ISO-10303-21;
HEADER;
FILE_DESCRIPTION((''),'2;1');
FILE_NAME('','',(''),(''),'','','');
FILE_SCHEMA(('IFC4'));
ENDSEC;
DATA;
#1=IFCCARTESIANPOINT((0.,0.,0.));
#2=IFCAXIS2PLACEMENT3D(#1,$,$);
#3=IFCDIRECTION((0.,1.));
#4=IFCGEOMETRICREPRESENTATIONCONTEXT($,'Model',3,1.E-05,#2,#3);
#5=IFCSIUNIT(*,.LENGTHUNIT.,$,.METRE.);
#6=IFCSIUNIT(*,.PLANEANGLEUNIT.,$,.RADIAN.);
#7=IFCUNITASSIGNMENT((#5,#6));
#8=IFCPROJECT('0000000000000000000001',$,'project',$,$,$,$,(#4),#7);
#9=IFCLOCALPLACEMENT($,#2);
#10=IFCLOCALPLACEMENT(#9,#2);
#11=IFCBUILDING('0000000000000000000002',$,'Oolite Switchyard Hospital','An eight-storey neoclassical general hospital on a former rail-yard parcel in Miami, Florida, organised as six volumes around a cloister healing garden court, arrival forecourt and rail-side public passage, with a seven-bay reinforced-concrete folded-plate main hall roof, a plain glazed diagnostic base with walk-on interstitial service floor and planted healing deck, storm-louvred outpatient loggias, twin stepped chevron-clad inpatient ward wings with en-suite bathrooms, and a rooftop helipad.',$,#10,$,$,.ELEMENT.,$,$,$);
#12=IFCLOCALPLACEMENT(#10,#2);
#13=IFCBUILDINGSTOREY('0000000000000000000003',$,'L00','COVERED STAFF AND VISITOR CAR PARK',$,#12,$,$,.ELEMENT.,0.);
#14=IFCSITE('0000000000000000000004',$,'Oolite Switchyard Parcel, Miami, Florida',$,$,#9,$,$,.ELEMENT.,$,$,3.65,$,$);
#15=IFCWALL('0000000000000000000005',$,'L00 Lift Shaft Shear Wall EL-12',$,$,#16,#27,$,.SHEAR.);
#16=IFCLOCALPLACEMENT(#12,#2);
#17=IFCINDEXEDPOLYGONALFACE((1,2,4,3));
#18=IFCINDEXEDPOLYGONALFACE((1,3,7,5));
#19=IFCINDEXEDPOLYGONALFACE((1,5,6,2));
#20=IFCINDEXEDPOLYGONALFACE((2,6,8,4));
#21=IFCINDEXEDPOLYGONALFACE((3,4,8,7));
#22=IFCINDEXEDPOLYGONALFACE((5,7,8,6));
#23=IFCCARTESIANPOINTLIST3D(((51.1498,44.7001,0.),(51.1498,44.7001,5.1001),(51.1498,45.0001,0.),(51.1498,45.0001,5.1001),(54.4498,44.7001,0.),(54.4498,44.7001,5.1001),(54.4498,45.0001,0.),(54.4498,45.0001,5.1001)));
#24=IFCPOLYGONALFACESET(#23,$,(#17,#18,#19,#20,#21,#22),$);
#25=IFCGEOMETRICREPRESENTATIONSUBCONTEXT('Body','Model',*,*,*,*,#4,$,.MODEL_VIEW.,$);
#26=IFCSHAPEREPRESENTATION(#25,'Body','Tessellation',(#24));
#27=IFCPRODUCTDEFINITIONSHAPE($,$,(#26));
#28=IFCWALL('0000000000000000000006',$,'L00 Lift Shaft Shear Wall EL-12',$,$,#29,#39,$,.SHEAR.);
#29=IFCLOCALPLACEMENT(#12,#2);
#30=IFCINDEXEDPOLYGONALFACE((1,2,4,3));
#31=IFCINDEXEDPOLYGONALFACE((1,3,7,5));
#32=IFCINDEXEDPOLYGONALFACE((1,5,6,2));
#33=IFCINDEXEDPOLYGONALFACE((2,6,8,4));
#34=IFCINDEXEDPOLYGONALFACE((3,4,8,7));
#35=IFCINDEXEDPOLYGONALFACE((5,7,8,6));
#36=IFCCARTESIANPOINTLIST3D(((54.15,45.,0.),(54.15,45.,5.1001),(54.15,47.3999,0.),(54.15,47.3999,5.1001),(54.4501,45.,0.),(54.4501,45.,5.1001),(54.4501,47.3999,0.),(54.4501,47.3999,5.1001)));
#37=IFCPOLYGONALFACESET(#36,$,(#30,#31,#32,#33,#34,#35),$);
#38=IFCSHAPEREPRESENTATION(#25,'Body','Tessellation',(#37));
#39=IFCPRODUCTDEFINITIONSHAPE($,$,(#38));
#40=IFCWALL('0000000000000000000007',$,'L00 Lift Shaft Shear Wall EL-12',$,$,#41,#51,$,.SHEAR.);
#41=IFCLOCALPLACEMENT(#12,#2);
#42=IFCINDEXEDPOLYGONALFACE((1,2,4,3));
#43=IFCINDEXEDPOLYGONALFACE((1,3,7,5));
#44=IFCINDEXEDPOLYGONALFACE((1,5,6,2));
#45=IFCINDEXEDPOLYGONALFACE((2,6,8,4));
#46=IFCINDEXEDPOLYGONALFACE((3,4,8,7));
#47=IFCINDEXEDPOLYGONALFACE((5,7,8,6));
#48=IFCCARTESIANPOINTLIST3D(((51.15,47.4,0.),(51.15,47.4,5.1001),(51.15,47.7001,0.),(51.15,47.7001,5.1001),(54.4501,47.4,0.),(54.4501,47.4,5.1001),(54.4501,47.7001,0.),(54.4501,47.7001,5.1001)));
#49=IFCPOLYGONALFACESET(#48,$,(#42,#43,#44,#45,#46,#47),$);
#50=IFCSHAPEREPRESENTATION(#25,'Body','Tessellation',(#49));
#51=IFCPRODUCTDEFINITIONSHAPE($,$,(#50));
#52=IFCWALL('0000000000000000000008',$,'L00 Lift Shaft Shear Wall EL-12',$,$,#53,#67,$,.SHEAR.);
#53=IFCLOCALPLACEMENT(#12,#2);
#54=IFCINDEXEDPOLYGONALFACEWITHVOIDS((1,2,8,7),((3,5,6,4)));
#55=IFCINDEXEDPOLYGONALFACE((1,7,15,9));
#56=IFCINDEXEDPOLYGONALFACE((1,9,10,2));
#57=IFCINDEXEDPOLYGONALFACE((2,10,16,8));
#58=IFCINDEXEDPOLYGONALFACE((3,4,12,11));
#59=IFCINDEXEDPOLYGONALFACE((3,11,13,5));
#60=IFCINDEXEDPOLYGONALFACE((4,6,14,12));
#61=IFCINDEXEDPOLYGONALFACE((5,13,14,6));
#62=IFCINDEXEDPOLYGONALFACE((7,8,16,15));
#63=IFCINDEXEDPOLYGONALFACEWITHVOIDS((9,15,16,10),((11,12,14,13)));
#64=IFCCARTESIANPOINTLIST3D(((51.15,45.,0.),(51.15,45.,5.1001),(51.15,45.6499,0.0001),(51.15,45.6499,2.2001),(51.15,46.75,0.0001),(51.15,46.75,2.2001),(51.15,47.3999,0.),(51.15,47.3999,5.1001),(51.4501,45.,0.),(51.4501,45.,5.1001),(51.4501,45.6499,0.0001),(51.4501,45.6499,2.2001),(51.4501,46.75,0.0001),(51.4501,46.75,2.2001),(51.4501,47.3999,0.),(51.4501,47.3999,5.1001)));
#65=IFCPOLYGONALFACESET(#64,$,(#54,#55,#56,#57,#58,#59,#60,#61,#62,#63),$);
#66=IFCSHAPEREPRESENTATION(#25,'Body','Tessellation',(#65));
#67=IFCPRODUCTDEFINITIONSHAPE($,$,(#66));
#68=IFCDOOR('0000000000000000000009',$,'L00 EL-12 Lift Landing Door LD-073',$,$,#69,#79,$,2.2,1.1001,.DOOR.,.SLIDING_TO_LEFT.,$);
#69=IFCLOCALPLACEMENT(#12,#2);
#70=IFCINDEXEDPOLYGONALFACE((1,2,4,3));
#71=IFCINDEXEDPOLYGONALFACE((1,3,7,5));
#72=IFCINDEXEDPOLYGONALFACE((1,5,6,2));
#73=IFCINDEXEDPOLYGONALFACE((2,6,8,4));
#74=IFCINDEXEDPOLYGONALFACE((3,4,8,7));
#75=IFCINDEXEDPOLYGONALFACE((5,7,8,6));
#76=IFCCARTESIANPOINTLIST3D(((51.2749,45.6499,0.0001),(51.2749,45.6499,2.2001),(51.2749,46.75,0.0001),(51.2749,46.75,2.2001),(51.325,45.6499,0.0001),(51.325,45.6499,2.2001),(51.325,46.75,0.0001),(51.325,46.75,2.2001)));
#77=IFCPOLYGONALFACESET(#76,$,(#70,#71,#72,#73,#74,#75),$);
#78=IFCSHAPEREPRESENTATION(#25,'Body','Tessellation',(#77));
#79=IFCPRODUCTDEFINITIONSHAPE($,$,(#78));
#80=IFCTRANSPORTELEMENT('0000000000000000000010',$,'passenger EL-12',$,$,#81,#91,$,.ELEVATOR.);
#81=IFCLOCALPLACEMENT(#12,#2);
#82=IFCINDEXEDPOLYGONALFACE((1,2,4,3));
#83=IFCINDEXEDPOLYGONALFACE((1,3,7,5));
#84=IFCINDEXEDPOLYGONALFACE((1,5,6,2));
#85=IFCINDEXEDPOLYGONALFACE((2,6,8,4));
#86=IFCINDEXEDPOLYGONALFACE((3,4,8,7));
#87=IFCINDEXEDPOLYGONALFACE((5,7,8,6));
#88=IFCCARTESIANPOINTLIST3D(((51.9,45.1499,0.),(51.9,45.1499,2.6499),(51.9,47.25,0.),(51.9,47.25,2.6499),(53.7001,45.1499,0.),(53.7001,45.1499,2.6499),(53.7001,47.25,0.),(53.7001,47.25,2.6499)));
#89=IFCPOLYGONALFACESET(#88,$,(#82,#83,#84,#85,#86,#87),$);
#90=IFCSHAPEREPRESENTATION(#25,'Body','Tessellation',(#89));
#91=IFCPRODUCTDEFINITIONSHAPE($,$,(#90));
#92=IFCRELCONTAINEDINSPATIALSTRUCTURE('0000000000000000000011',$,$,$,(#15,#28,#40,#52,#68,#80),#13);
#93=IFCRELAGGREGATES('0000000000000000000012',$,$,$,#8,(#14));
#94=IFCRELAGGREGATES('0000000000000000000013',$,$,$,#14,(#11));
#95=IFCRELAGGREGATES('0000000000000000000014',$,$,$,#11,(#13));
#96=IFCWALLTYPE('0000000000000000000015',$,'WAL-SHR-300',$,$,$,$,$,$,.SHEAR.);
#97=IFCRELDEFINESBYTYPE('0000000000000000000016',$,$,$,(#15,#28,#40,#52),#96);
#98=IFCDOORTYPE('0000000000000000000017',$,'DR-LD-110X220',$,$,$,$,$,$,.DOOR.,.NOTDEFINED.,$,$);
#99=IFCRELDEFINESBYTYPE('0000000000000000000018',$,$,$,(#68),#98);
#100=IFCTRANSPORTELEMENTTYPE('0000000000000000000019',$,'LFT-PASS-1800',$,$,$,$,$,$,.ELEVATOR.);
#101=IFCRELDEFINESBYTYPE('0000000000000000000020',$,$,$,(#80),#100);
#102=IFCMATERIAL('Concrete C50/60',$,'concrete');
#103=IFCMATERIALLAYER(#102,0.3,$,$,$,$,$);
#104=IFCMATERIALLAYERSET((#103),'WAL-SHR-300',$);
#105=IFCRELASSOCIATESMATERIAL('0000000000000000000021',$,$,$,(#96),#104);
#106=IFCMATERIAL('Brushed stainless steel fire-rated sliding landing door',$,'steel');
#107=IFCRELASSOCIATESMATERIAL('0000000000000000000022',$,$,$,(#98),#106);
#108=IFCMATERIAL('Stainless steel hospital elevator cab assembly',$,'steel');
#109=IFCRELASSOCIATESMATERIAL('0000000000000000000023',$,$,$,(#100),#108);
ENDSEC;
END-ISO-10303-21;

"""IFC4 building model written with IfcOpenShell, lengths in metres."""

from ifc_helpers import new_model, si_unit, direction, frame, frame_2d, origin, origin_2d, place, context, subcontext, project, spatial, rectangle, extrude, material, layer, layer_set, type_object, element, fill, save


model = new_model("IFC4")

# Units and contexts
model_context = context("Model", 3, precision=1e-05, world=origin(), true_north=direction((0.0, 1.0)))
body_context = subcontext(model_context, "Body", "Model", "MODEL_VIEW")
ifc_project = project(units=[si_unit("LENGTHUNIT", "METRE"), si_unit("PLANEANGLEUNIT", "RADIAN")], contexts=[model_context])

# Site, building, storey
site_placement = place(None, origin())
site = spatial("IfcSite", under=ifc_project, at=site_placement, Name="Oolite Switchyard Parcel, Miami, Florida", CompositionType="ELEMENT", RefElevation=3.65)
building_placement = place(site_placement, origin())
building = spatial("IfcBuilding", under=site, at=building_placement, Name="Oolite Switchyard Hospital", Description="An eight-storey neoclassical general hospital on a former rail-yard parcel in Miami, Florida, organised as six volumes around a cloister healing garden court, arrival forecourt and rail-side public passage, with a seven-bay reinforced-concrete folded-plate main hall roof, a plain glazed diagnostic base with walk-on interstitial service floor and planted healing deck, storm-louvred outpatient loggias, twin stepped chevron-clad inpatient ward wings with en-suite bathrooms, and a rooftop helipad.", CompositionType="ELEMENT")
storey_placement = place(building_placement, origin())
storey = spatial("IfcBuildingStorey", under=building, at=storey_placement, Name="L00", Description="COVERED STAFF AND VISITOR CAR PARK", CompositionType="ELEMENT", Elevation=0.0)

# Walls
ifc_material_1 = material(Name="Concrete C50/60", Category="concrete")
ifc_layer_1 = layer(ifc_material_1, 0.3)
ifc_layer_set_1 = layer_set([ifc_layer_1], Name="WAL-SHR-300")
wall_type = type_object("IfcWallType", Name="WAL-SHR-300", PredefinedType="SHEAR", material=ifc_layer_set_1)
wall_1_placement = place(storey_placement, frame((51.1499, 44.8501, 0.0), z_axis=(0.0, 0.0, 1.0), x_axis=(1.0, 0.0, 0.0)))
element("IfcWall", 1, at=wall_1_placement, inside=storey, type_object=wall_type, Name="L00 Lift Shaft Shear Wall EL-12", PredefinedType="SHEAR", context=body_context, shape_type="SweptSolid", body=[
    extrude(rectangle(XDim=3.3, YDim=0.3, at=frame_2d((1.6499, 0.0))), origin(), (0.0, 0.0, 1.0), 5.1001),
])
wall_2_placement = place(storey_placement, frame((54.3, 45.0, 0.0), z_axis=(0.0, 0.0, 1.0), x_axis=(0.0, 1.0, 0.0)))
element("IfcWall", 2, at=wall_2_placement, inside=storey, type_object=wall_type, Name="L00 Lift Shaft Shear Wall EL-12", PredefinedType="SHEAR", context=body_context, shape_type="SweptSolid", body=[
    extrude(rectangle(XDim=2.3999, YDim=0.3, at=frame_2d((1.2, 0.0))), origin(), (0.0, 0.0, 1.0), 5.1001),
])
wall_3_placement = place(storey_placement, frame((54.45, 47.55, 0.0), z_axis=(0.0, 0.0, 1.0), x_axis=(-1.0, 0.0, 0.0)))
element("IfcWall", 3, at=wall_3_placement, inside=storey, type_object=wall_type, Name="L00 Lift Shaft Shear Wall EL-12", PredefinedType="SHEAR", context=body_context, shape_type="SweptSolid", body=[
    extrude(rectangle(XDim=3.3, YDim=0.3, at=frame_2d((1.6499, 0.0))), origin(), (0.0, 0.0, 1.0), 5.1001),
])

# Wall, opening, door
wall_4_placement = place(storey_placement, frame((51.3, 47.3999, 0.0), z_axis=(0.0, 0.0, 1.0), x_axis=(0.0, -1.0, 0.0)))
wall_4 = element("IfcWall", 4, at=wall_4_placement, inside=storey, type_object=wall_type, Name="L00 Lift Shaft Shear Wall EL-12", PredefinedType="SHEAR", context=body_context, shape_type="SweptSolid", body=[
    extrude(rectangle(XDim=2.3999, YDim=0.3, at=frame_2d((1.2, 0.0))), origin(), (0.0, 0.0, 1.0), 5.1001),
])
opening_placement = place(wall_4_placement, frame((0.6499, 0.0, 0.0)))
opening = element("IfcOpeningElement", 5, at=opening_placement, cuts=wall_4, PredefinedType="OPENING", context=body_context, shape_type="SweptSolid", body=[
    extrude(rectangle(XDim=1.1001, YDim=2.2, at=frame_2d((0.55, 1.1001))), frame((0.0, 0.1602, 0.0), z_axis=(0.0, -1.0, 0.0), x_axis=(1.0, 0.0, 0.0)), (0.0, 0.0, 1.0), 0.3201),
])
ifc_material_2 = material(Name="Brushed stainless steel fire-rated sliding landing door", Category="steel")
door_type = type_object("IfcDoorType", Name="DR-LD-110X220", OperationType="NOTDEFINED", PredefinedType="DOOR", material=ifc_material_2)
door_placement = place(opening_placement, origin())
door = element("IfcDoor", 6, at=door_placement, inside=storey, type_object=door_type, Name="L00 EL-12 Lift Landing Door LD-073", OperationType="SLIDING_TO_LEFT", OverallHeight=2.2, OverallWidth=1.1001, PredefinedType="DOOR", context=body_context, shape_type="SweptSolid", body=[
    extrude(rectangle(XDim=1.1001, YDim=2.2, at=frame_2d((0.55, 1.1001))), frame((0.0, 0.0249, 0.0), z_axis=(0.0, -1.0, 0.0), x_axis=(1.0, 0.0, 0.0)), (0.0, 0.0, 1.0), 0.05),
])
fill(opening, door)

# Transport element
ifc_material_3 = material(Name="Stainless steel hospital elevator cab assembly", Category="steel")
transport_element_type = type_object("IfcTransportElementType", Name="LFT-PASS-1800", PredefinedType="ELEVATOR", material=ifc_material_3)
transport_element_placement = place(storey_placement, frame((52.8, 46.2, 0.0), z_axis=(0.0, 0.0, 1.0), x_axis=(1.0, 0.0, 0.0)))
element("IfcTransportElement", 7, at=transport_element_placement, inside=storey, type_object=transport_element_type, Name="passenger EL-12", PredefinedType="ELEVATOR", context=body_context, shape_type="SweptSolid", body=[
    extrude(rectangle(XDim=1.8, YDim=2.1001, at=origin_2d()), origin(), (0.0, 0.0, 1.0), 2.6499),
])

save(model, "model.ifc")
